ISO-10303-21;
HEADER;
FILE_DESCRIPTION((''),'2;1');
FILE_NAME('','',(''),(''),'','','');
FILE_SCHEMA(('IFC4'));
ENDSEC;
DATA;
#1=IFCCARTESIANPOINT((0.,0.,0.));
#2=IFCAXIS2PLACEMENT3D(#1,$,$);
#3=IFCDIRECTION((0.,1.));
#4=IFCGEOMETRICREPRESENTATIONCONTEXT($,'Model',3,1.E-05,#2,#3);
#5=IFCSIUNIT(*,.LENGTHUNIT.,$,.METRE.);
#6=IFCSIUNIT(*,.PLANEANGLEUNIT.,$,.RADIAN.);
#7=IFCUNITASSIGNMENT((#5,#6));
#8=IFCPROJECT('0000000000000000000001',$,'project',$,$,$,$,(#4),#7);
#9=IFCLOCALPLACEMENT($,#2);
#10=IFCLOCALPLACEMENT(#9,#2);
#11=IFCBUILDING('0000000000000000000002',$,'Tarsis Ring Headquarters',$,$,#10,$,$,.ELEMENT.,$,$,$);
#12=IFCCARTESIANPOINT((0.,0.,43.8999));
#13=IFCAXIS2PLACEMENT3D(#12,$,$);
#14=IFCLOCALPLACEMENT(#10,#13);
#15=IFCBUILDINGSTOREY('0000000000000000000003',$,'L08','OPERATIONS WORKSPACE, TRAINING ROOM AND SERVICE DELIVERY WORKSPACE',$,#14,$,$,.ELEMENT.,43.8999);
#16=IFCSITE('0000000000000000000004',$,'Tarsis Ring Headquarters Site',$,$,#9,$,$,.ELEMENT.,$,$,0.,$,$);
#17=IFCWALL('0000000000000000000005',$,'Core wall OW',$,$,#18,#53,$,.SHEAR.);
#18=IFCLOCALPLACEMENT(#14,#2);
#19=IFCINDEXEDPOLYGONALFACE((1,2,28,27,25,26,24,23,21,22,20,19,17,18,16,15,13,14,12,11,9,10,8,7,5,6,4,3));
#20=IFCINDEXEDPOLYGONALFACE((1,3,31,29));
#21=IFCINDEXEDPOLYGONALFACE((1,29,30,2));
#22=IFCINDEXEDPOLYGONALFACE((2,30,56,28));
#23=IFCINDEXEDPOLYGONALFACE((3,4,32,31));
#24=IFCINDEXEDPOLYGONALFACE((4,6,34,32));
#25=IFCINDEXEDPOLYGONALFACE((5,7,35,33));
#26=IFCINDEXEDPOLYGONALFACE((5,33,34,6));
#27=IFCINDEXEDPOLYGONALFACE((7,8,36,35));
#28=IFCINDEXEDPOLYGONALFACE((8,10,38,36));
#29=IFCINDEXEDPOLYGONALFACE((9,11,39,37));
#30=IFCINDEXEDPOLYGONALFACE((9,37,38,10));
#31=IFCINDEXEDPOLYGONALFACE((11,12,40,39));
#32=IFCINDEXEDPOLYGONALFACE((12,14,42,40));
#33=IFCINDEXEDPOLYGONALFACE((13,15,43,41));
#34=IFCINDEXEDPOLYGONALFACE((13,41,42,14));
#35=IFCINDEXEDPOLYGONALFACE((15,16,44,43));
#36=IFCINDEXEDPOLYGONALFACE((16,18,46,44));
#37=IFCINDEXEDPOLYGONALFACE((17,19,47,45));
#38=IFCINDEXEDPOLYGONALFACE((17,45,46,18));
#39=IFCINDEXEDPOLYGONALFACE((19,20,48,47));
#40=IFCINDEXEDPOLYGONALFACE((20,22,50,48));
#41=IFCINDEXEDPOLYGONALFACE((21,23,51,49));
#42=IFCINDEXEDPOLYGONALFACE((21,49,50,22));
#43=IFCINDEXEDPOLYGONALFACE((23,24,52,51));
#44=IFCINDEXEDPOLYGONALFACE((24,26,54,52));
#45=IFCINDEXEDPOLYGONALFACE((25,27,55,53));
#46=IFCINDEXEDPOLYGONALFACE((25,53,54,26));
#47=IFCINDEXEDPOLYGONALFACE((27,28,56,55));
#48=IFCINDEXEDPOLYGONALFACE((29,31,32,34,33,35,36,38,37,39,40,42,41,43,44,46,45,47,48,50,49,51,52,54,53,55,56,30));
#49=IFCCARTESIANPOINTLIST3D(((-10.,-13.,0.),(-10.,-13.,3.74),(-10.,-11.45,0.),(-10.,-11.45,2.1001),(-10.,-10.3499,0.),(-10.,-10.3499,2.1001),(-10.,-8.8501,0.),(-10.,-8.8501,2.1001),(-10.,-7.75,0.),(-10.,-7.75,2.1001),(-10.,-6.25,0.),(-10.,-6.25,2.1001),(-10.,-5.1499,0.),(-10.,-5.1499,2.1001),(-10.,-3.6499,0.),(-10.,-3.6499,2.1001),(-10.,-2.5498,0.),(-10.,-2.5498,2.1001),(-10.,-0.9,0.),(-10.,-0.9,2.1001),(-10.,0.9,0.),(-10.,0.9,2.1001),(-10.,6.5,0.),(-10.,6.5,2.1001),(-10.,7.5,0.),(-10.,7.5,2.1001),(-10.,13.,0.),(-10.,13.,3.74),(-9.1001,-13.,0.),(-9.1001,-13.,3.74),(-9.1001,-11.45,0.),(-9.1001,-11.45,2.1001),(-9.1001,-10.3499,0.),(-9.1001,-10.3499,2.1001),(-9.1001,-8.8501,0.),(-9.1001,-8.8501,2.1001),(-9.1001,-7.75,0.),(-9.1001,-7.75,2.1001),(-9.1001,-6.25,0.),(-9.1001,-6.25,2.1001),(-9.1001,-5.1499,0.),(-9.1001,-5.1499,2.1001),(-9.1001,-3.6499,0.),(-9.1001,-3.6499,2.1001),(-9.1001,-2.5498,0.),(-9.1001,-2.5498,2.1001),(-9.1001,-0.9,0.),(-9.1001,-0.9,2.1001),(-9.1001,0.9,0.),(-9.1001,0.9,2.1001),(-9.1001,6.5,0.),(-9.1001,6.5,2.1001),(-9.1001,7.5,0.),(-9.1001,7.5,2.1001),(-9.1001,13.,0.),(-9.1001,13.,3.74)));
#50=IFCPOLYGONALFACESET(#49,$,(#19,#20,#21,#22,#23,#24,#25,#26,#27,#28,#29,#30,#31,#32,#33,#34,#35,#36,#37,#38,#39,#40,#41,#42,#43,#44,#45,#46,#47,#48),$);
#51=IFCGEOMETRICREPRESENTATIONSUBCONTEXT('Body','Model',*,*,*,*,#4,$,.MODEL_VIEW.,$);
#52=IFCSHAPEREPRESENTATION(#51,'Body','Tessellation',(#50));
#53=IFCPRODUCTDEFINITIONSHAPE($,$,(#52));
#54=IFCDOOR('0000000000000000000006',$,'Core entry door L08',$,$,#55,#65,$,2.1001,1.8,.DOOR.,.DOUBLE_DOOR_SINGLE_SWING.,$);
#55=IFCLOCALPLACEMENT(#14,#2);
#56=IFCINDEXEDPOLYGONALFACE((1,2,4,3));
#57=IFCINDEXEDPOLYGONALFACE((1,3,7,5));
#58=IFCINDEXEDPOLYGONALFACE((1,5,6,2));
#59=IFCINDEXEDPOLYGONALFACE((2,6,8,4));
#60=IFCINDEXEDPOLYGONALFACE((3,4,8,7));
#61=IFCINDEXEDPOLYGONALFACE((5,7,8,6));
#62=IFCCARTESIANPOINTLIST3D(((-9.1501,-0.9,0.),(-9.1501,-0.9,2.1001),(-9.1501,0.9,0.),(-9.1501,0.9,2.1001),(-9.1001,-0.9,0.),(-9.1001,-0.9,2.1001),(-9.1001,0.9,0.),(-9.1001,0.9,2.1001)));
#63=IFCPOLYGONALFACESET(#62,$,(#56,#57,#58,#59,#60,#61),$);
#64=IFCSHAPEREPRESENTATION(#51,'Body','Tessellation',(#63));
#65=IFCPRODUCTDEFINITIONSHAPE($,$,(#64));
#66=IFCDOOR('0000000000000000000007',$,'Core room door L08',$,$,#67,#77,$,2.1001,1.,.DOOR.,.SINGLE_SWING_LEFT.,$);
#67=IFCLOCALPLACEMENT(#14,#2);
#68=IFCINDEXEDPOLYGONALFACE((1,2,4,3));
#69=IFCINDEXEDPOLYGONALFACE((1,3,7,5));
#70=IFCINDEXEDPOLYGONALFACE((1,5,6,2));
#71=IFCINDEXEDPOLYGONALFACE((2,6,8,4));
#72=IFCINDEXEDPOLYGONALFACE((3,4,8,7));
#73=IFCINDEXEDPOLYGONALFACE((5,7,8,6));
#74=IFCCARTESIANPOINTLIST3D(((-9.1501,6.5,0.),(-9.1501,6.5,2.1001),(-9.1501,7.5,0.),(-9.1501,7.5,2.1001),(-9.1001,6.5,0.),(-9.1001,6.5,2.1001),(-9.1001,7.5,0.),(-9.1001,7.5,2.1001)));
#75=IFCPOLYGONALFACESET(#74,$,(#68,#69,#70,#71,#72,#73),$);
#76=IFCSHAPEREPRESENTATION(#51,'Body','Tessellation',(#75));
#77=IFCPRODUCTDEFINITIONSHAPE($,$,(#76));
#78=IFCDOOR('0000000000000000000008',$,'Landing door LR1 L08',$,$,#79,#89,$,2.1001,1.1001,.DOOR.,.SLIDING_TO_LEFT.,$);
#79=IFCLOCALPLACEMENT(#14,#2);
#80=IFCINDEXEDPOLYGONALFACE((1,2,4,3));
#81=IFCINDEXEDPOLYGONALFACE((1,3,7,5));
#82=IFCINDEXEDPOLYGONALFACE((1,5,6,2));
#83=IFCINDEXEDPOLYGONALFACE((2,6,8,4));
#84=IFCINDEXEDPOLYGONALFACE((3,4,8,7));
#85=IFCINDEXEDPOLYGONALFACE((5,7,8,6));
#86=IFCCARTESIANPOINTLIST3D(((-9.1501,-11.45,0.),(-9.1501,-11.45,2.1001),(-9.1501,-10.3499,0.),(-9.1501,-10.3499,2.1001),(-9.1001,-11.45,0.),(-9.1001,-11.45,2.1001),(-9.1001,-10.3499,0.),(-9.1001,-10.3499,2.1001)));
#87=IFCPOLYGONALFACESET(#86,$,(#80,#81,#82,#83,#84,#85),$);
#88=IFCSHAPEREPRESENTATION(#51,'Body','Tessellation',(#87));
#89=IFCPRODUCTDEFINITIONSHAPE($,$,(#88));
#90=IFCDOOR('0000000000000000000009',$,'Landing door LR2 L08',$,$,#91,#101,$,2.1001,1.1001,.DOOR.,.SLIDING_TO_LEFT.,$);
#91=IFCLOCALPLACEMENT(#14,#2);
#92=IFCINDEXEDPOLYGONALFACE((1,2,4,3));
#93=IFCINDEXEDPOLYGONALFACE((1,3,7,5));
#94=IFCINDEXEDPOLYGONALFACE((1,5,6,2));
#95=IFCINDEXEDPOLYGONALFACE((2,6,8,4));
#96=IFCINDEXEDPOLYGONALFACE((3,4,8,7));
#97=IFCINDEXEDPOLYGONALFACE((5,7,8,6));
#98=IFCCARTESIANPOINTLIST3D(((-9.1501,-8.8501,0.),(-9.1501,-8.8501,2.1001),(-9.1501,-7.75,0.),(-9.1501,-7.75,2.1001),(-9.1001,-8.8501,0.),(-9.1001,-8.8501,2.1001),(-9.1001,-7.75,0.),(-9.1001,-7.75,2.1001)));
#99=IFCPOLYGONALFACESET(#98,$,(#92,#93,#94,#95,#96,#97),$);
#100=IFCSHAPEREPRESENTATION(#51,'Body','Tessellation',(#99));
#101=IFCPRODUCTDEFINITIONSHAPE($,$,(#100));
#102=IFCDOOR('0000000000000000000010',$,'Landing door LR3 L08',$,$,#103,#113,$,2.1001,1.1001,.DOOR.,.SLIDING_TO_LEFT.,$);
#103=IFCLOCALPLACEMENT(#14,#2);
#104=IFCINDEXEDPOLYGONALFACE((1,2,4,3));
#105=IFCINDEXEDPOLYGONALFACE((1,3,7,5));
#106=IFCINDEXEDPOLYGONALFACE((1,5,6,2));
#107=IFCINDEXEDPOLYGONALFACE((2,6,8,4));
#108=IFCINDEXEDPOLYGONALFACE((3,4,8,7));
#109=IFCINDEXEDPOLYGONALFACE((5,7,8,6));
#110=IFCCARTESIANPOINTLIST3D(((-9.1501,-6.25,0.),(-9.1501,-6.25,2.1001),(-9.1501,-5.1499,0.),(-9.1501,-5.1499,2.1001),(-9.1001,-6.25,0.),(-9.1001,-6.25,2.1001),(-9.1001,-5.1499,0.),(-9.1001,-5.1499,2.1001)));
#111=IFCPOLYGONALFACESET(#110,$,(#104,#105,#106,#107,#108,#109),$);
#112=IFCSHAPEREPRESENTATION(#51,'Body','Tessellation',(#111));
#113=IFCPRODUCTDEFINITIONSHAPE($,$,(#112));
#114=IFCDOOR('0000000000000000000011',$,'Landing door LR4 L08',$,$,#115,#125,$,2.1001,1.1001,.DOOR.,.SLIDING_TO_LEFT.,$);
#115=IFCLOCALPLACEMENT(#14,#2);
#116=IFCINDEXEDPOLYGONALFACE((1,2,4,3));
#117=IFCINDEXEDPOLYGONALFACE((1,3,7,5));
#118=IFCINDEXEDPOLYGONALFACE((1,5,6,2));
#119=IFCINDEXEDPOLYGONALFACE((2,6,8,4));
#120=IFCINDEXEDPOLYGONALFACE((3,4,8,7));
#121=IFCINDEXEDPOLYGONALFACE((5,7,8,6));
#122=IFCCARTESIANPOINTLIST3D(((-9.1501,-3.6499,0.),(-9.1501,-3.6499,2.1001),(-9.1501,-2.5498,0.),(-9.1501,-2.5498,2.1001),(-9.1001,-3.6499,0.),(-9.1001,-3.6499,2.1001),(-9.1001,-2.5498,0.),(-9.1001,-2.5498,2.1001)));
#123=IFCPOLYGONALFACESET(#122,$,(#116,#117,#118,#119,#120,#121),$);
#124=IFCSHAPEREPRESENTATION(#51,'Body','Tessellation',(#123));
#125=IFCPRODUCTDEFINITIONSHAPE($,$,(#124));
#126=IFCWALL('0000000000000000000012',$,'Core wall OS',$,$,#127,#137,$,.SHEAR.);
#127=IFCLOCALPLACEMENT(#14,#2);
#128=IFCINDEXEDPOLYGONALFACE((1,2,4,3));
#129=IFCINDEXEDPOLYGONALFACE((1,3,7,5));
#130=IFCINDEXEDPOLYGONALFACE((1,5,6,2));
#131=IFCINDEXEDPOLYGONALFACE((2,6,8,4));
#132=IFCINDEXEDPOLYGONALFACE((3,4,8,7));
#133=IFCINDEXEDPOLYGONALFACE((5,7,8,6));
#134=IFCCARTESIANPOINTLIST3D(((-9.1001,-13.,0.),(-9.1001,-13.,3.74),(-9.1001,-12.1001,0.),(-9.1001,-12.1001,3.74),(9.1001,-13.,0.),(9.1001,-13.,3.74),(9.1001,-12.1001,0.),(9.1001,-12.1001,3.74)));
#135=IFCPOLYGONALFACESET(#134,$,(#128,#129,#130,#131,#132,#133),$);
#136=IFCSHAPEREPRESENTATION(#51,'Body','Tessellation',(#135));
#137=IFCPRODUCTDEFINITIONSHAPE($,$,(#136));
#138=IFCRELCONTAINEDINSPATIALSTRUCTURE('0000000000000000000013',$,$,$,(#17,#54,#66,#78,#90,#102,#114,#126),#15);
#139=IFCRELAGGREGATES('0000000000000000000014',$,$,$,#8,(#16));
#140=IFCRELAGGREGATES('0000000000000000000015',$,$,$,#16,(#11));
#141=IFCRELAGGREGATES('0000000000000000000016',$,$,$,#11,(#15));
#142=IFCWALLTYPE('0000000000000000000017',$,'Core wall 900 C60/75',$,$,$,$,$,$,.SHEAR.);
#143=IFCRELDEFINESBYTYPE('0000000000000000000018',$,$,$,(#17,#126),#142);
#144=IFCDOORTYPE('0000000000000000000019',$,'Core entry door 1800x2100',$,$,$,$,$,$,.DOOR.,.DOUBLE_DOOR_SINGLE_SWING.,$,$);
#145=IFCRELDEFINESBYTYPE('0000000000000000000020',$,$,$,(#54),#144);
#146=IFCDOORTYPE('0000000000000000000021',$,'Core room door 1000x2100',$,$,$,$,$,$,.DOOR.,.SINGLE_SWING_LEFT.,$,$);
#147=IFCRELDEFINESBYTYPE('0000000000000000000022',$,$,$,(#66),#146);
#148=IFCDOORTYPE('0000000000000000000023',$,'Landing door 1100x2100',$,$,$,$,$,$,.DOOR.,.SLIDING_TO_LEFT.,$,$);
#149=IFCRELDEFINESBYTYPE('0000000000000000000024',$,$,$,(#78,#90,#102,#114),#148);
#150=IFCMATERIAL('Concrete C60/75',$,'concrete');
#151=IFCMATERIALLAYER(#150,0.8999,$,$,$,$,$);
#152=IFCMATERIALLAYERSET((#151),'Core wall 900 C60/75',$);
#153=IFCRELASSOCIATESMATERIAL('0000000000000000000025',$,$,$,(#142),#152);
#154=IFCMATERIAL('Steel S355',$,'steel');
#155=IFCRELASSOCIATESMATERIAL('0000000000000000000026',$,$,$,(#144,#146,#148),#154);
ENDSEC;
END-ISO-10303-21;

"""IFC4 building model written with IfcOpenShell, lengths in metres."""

from ifc_helpers import new_model, si_unit, direction, frame, frame_2d, origin, place, context, subcontext, project, spatial, rectangle, extrude, material, layer, layer_set, type_object, element, fill, save


model = new_model("IFC4")

# Units and contexts
model_context = context("Model", 3, precision=1e-05, world=origin(), true_north=direction((0.0, 1.0)))
body_context = subcontext(model_context, "Body", "Model", "MODEL_VIEW")
ifc_project = project(units=[si_unit("LENGTHUNIT", "METRE"), si_unit("PLANEANGLEUNIT", "RADIAN")], contexts=[model_context])

# Site, building, storey
site_placement = place(None, origin())
site = spatial("IfcSite", under=ifc_project, at=site_placement, Name="Tarsis Ring Headquarters Site", CompositionType="ELEMENT", RefElevation=0.0)
building_placement = place(site_placement, origin())
building = spatial("IfcBuilding", under=site, at=building_placement, Name="Tarsis Ring Headquarters", CompositionType="ELEMENT")
storey_placement = place(building_placement, frame((0.0, 0.0, 43.8999)))
storey = spatial("IfcBuildingStorey", under=building, at=storey_placement, Name="L08", Description="OPERATIONS WORKSPACE, TRAINING ROOM AND SERVICE DELIVERY WORKSPACE", CompositionType="ELEMENT", Elevation=43.8999)

# Wall, openings, doors
ifc_material_1 = material(Name="Concrete C60/75", Category="concrete")
ifc_layer_1 = layer(ifc_material_1, 0.8999)
ifc_layer_set_1 = layer_set([ifc_layer_1], Name="Core wall 900 C60/75")
wall_type_1 = type_object("IfcWallType", Name="Core wall 900 C60/75", PredefinedType="SHEAR", material=ifc_layer_set_1)
wall_1_placement = place(storey_placement, frame((-9.55, -13.0, 0.0), z_axis=(0.0, 0.0, 1.0), x_axis=(0.0, 1.0, 0.0)))
wall_1 = element("IfcWall", 1, at=wall_1_placement, inside=storey, type_object=wall_type_1, Name="Core wall OW", PredefinedType="SHEAR", context=body_context, shape_type="SweptSolid", body=[
    extrude(rectangle(XDim=26.0, YDim=0.8999, at=frame_2d((13.0, 0.0))), origin(), (0.0, 0.0, 1.0), 3.74),
])
opening_1_placement = place(wall_1_placement, frame((1.55, 0.0, 0.0)))
opening_1 = element("IfcOpeningElement", 2, at=opening_1_placement, cuts=wall_1, PredefinedType="OPENING", context=body_context, shape_type="SweptSolid", body=[
    extrude(rectangle(XDim=1.1001, YDim=2.1001, at=frame_2d((0.55, 1.05))), frame((0.0, 0.46, 0.0), z_axis=(0.0, -1.0, 0.0), x_axis=(1.0, 0.0, 0.0)), (0.0, 0.0, 1.0), 0.9199),
])
opening_2_placement = place(wall_1_placement, frame((4.1499, 0.0, 0.0)))
opening_2 = element("IfcOpeningElement", 3, at=opening_2_placement, cuts=wall_1, PredefinedType="OPENING", context=body_context, shape_type="SweptSolid", body=[
    extrude(rectangle(XDim=1.1001, YDim=2.1001, at=frame_2d((0.55, 1.05))), frame((0.0, 0.46, 0.0), z_axis=(0.0, -1.0, 0.0), x_axis=(1.0, 0.0, 0.0)), (0.0, 0.0, 1.0), 0.9199),
])
opening_3_placement = place(wall_1_placement, frame((6.75, 0.0, 0.0)))
opening_3 = element("IfcOpeningElement", 4, at=opening_3_placement, cuts=wall_1, PredefinedType="OPENING", context=body_context, shape_type="SweptSolid", body=[
    extrude(rectangle(XDim=1.1001, YDim=2.1001, at=frame_2d((0.55, 1.05))), frame((0.0, 0.46, 0.0), z_axis=(0.0, -1.0, 0.0), x_axis=(1.0, 0.0, 0.0)), (0.0, 0.0, 1.0), 0.9199),
])
opening_4_placement = place(wall_1_placement, frame((9.3501, 0.0, 0.0)))
opening_4 = element("IfcOpeningElement", 5, at=opening_4_placement, cuts=wall_1, PredefinedType="OPENING", context=body_context, shape_type="SweptSolid", body=[
    extrude(rectangle(XDim=1.1001, YDim=2.1001, at=frame_2d((0.55, 1.05))), frame((0.0, 0.46, 0.0), z_axis=(0.0, -1.0, 0.0), x_axis=(1.0, 0.0, 0.0)), (0.0, 0.0, 1.0), 0.9199),
])
opening_5_placement = place(wall_1_placement, frame((12.1001, 0.0, 0.0)))
opening_5 = element("IfcOpeningElement", 6, at=opening_5_placement, cuts=wall_1, PredefinedType="OPENING", context=body_context, shape_type="SweptSolid", body=[
    extrude(rectangle(XDim=1.8, YDim=2.1001, at=frame_2d((0.8999, 1.05))), frame((0.0, 0.46, 0.0), z_axis=(0.0, -1.0, 0.0), x_axis=(1.0, 0.0, 0.0)), (0.0, 0.0, 1.0), 0.9199),
])
opening_6_placement = place(wall_1_placement, frame((19.5, 0.0, 0.0)))
opening_6 = element("IfcOpeningElement", 7, at=opening_6_placement, cuts=wall_1, PredefinedType="OPENING", context=body_context, shape_type="SweptSolid", body=[
    extrude(rectangle(XDim=1.0, YDim=2.1001, at=frame_2d((0.5, 1.05))), frame((0.0, 0.46, 0.0), z_axis=(0.0, -1.0, 0.0), x_axis=(1.0, 0.0, 0.0)), (0.0, 0.0, 1.0), 0.9199),
])
ifc_material_2 = material(Name="Steel S355", Category="steel")
door_type_1 = type_object("IfcDoorType", Name="Core entry door 1800x2100", OperationType="DOUBLE_DOOR_SINGLE_SWING", PredefinedType="DOOR", material=ifc_material_2)
door_1_placement = place(opening_5_placement, origin())
door_1 = element("IfcDoor", 8, at=door_1_placement, inside=storey, type_object=door_type_1, Name="Core entry door L08", OperationType="DOUBLE_DOOR_SINGLE_SWING", OverallHeight=2.1001, OverallWidth=1.8, PredefinedType="DOOR", context=body_context, shape_type="SweptSolid", body=[
    extrude(rectangle(XDim=1.8, YDim=2.1001, at=frame_2d((0.8999, 1.05))), frame((0.0, -0.3999, 0.0), z_axis=(0.0, -1.0, 0.0), x_axis=(1.0, 0.0, 0.0)), (0.0, 0.0, 1.0), 0.05),
])
fill(opening_5, door_1)
door_type_2 = type_object("IfcDoorType", Name="Core room door 1000x2100", OperationType="SINGLE_SWING_LEFT", PredefinedType="DOOR", material=ifc_material_2)
door_2_placement = place(opening_6_placement, origin())
door_2 = element("IfcDoor", 9, at=door_2_placement, inside=storey, type_object=door_type_2, Name="Core room door L08", OperationType="SINGLE_SWING_LEFT", OverallHeight=2.1001, OverallWidth=1.0, PredefinedType="DOOR", context=body_context, shape_type="SweptSolid", body=[
    extrude(rectangle(XDim=1.0, YDim=2.1001, at=frame_2d((0.5, 1.05))), frame((0.0, -0.3999, 0.0), z_axis=(0.0, -1.0, 0.0), x_axis=(1.0, 0.0, 0.0)), (0.0, 0.0, 1.0), 0.05),
])
fill(opening_6, door_2)
door_type_3 = type_object("IfcDoorType", Name="Landing door 1100x2100", OperationType="SLIDING_TO_LEFT", PredefinedType="DOOR", material=ifc_material_2)
door_3_placement = place(opening_1_placement, origin())
door_3 = element("IfcDoor", 10, at=door_3_placement, inside=storey, type_object=door_type_3, Name="Landing door LR1 L08", OperationType="SLIDING_TO_LEFT", OverallHeight=2.1001, OverallWidth=1.1001, PredefinedType="DOOR", context=body_context, shape_type="SweptSolid", body=[
    extrude(rectangle(XDim=1.1001, YDim=2.1001, at=frame_2d((0.55, 1.05))), frame((0.0, -0.3999, 0.0), z_axis=(0.0, -1.0, 0.0), x_axis=(1.0, 0.0, 0.0)), (0.0, 0.0, 1.0), 0.05),
])
fill(opening_1, door_3)
door_4_placement = place(opening_2_placement, origin())
door_4 = element("IfcDoor", 11, at=door_4_placement, inside=storey, type_object=door_type_3, Name="Landing door LR2 L08", OperationType="SLIDING_TO_LEFT", OverallHeight=2.1001, OverallWidth=1.1001, PredefinedType="DOOR", context=body_context, shape_type="SweptSolid", body=[
    extrude(rectangle(XDim=1.1001, YDim=2.1001, at=frame_2d((0.55, 1.05))), frame((0.0, -0.3999, 0.0), z_axis=(0.0, -1.0, 0.0), x_axis=(1.0, 0.0, 0.0)), (0.0, 0.0, 1.0), 0.05),
])
fill(opening_2, door_4)
door_5_placement = place(opening_3_placement, origin())
door_5 = element("IfcDoor", 12, at=door_5_placement, inside=storey, type_object=door_type_3, Name="Landing door LR3 L08", OperationType="SLIDING_TO_LEFT", OverallHeight=2.1001, OverallWidth=1.1001, PredefinedType="DOOR", context=body_context, shape_type="SweptSolid", body=[
    extrude(rectangle(XDim=1.1001, YDim=2.1001, at=frame_2d((0.55, 1.05))), frame((0.0, -0.3999, 0.0), z_axis=(0.0, -1.0, 0.0), x_axis=(1.0, 0.0, 0.0)), (0.0, 0.0, 1.0), 0.05),
])
fill(opening_3, door_5)
door_6_placement = place(opening_4_placement, origin())
door_6 = element("IfcDoor", 13, at=door_6_placement, inside=storey, type_object=door_type_3, Name="Landing door LR4 L08", OperationType="SLIDING_TO_LEFT", OverallHeight=2.1001, OverallWidth=1.1001, PredefinedType="DOOR", context=body_context, shape_type="SweptSolid", body=[
    extrude(rectangle(XDim=1.1001, YDim=2.1001, at=frame_2d((0.55, 1.05))), frame((0.0, -0.3999, 0.0), z_axis=(0.0, -1.0, 0.0), x_axis=(1.0, 0.0, 0.0)), (0.0, 0.0, 1.0), 0.05),
])
fill(opening_4, door_6)

# Wall
wall_2_placement = place(storey_placement, frame((-9.1001, -12.55, 0.0), z_axis=(0.0, 0.0, 1.0), x_axis=(1.0, 0.0, 0.0)))
element("IfcWall", 14, at=wall_2_placement, inside=storey, type_object=wall_type_1, Name="Core wall OS", PredefinedType="SHEAR", context=body_context, shape_type="SweptSolid", body=[
    extrude(rectangle(XDim=18.2002, YDim=0.8999, at=frame_2d((9.1001, 0.0))), origin(), (0.0, 0.0, 1.0), 3.74),
])

save(model, "model.ifc")
